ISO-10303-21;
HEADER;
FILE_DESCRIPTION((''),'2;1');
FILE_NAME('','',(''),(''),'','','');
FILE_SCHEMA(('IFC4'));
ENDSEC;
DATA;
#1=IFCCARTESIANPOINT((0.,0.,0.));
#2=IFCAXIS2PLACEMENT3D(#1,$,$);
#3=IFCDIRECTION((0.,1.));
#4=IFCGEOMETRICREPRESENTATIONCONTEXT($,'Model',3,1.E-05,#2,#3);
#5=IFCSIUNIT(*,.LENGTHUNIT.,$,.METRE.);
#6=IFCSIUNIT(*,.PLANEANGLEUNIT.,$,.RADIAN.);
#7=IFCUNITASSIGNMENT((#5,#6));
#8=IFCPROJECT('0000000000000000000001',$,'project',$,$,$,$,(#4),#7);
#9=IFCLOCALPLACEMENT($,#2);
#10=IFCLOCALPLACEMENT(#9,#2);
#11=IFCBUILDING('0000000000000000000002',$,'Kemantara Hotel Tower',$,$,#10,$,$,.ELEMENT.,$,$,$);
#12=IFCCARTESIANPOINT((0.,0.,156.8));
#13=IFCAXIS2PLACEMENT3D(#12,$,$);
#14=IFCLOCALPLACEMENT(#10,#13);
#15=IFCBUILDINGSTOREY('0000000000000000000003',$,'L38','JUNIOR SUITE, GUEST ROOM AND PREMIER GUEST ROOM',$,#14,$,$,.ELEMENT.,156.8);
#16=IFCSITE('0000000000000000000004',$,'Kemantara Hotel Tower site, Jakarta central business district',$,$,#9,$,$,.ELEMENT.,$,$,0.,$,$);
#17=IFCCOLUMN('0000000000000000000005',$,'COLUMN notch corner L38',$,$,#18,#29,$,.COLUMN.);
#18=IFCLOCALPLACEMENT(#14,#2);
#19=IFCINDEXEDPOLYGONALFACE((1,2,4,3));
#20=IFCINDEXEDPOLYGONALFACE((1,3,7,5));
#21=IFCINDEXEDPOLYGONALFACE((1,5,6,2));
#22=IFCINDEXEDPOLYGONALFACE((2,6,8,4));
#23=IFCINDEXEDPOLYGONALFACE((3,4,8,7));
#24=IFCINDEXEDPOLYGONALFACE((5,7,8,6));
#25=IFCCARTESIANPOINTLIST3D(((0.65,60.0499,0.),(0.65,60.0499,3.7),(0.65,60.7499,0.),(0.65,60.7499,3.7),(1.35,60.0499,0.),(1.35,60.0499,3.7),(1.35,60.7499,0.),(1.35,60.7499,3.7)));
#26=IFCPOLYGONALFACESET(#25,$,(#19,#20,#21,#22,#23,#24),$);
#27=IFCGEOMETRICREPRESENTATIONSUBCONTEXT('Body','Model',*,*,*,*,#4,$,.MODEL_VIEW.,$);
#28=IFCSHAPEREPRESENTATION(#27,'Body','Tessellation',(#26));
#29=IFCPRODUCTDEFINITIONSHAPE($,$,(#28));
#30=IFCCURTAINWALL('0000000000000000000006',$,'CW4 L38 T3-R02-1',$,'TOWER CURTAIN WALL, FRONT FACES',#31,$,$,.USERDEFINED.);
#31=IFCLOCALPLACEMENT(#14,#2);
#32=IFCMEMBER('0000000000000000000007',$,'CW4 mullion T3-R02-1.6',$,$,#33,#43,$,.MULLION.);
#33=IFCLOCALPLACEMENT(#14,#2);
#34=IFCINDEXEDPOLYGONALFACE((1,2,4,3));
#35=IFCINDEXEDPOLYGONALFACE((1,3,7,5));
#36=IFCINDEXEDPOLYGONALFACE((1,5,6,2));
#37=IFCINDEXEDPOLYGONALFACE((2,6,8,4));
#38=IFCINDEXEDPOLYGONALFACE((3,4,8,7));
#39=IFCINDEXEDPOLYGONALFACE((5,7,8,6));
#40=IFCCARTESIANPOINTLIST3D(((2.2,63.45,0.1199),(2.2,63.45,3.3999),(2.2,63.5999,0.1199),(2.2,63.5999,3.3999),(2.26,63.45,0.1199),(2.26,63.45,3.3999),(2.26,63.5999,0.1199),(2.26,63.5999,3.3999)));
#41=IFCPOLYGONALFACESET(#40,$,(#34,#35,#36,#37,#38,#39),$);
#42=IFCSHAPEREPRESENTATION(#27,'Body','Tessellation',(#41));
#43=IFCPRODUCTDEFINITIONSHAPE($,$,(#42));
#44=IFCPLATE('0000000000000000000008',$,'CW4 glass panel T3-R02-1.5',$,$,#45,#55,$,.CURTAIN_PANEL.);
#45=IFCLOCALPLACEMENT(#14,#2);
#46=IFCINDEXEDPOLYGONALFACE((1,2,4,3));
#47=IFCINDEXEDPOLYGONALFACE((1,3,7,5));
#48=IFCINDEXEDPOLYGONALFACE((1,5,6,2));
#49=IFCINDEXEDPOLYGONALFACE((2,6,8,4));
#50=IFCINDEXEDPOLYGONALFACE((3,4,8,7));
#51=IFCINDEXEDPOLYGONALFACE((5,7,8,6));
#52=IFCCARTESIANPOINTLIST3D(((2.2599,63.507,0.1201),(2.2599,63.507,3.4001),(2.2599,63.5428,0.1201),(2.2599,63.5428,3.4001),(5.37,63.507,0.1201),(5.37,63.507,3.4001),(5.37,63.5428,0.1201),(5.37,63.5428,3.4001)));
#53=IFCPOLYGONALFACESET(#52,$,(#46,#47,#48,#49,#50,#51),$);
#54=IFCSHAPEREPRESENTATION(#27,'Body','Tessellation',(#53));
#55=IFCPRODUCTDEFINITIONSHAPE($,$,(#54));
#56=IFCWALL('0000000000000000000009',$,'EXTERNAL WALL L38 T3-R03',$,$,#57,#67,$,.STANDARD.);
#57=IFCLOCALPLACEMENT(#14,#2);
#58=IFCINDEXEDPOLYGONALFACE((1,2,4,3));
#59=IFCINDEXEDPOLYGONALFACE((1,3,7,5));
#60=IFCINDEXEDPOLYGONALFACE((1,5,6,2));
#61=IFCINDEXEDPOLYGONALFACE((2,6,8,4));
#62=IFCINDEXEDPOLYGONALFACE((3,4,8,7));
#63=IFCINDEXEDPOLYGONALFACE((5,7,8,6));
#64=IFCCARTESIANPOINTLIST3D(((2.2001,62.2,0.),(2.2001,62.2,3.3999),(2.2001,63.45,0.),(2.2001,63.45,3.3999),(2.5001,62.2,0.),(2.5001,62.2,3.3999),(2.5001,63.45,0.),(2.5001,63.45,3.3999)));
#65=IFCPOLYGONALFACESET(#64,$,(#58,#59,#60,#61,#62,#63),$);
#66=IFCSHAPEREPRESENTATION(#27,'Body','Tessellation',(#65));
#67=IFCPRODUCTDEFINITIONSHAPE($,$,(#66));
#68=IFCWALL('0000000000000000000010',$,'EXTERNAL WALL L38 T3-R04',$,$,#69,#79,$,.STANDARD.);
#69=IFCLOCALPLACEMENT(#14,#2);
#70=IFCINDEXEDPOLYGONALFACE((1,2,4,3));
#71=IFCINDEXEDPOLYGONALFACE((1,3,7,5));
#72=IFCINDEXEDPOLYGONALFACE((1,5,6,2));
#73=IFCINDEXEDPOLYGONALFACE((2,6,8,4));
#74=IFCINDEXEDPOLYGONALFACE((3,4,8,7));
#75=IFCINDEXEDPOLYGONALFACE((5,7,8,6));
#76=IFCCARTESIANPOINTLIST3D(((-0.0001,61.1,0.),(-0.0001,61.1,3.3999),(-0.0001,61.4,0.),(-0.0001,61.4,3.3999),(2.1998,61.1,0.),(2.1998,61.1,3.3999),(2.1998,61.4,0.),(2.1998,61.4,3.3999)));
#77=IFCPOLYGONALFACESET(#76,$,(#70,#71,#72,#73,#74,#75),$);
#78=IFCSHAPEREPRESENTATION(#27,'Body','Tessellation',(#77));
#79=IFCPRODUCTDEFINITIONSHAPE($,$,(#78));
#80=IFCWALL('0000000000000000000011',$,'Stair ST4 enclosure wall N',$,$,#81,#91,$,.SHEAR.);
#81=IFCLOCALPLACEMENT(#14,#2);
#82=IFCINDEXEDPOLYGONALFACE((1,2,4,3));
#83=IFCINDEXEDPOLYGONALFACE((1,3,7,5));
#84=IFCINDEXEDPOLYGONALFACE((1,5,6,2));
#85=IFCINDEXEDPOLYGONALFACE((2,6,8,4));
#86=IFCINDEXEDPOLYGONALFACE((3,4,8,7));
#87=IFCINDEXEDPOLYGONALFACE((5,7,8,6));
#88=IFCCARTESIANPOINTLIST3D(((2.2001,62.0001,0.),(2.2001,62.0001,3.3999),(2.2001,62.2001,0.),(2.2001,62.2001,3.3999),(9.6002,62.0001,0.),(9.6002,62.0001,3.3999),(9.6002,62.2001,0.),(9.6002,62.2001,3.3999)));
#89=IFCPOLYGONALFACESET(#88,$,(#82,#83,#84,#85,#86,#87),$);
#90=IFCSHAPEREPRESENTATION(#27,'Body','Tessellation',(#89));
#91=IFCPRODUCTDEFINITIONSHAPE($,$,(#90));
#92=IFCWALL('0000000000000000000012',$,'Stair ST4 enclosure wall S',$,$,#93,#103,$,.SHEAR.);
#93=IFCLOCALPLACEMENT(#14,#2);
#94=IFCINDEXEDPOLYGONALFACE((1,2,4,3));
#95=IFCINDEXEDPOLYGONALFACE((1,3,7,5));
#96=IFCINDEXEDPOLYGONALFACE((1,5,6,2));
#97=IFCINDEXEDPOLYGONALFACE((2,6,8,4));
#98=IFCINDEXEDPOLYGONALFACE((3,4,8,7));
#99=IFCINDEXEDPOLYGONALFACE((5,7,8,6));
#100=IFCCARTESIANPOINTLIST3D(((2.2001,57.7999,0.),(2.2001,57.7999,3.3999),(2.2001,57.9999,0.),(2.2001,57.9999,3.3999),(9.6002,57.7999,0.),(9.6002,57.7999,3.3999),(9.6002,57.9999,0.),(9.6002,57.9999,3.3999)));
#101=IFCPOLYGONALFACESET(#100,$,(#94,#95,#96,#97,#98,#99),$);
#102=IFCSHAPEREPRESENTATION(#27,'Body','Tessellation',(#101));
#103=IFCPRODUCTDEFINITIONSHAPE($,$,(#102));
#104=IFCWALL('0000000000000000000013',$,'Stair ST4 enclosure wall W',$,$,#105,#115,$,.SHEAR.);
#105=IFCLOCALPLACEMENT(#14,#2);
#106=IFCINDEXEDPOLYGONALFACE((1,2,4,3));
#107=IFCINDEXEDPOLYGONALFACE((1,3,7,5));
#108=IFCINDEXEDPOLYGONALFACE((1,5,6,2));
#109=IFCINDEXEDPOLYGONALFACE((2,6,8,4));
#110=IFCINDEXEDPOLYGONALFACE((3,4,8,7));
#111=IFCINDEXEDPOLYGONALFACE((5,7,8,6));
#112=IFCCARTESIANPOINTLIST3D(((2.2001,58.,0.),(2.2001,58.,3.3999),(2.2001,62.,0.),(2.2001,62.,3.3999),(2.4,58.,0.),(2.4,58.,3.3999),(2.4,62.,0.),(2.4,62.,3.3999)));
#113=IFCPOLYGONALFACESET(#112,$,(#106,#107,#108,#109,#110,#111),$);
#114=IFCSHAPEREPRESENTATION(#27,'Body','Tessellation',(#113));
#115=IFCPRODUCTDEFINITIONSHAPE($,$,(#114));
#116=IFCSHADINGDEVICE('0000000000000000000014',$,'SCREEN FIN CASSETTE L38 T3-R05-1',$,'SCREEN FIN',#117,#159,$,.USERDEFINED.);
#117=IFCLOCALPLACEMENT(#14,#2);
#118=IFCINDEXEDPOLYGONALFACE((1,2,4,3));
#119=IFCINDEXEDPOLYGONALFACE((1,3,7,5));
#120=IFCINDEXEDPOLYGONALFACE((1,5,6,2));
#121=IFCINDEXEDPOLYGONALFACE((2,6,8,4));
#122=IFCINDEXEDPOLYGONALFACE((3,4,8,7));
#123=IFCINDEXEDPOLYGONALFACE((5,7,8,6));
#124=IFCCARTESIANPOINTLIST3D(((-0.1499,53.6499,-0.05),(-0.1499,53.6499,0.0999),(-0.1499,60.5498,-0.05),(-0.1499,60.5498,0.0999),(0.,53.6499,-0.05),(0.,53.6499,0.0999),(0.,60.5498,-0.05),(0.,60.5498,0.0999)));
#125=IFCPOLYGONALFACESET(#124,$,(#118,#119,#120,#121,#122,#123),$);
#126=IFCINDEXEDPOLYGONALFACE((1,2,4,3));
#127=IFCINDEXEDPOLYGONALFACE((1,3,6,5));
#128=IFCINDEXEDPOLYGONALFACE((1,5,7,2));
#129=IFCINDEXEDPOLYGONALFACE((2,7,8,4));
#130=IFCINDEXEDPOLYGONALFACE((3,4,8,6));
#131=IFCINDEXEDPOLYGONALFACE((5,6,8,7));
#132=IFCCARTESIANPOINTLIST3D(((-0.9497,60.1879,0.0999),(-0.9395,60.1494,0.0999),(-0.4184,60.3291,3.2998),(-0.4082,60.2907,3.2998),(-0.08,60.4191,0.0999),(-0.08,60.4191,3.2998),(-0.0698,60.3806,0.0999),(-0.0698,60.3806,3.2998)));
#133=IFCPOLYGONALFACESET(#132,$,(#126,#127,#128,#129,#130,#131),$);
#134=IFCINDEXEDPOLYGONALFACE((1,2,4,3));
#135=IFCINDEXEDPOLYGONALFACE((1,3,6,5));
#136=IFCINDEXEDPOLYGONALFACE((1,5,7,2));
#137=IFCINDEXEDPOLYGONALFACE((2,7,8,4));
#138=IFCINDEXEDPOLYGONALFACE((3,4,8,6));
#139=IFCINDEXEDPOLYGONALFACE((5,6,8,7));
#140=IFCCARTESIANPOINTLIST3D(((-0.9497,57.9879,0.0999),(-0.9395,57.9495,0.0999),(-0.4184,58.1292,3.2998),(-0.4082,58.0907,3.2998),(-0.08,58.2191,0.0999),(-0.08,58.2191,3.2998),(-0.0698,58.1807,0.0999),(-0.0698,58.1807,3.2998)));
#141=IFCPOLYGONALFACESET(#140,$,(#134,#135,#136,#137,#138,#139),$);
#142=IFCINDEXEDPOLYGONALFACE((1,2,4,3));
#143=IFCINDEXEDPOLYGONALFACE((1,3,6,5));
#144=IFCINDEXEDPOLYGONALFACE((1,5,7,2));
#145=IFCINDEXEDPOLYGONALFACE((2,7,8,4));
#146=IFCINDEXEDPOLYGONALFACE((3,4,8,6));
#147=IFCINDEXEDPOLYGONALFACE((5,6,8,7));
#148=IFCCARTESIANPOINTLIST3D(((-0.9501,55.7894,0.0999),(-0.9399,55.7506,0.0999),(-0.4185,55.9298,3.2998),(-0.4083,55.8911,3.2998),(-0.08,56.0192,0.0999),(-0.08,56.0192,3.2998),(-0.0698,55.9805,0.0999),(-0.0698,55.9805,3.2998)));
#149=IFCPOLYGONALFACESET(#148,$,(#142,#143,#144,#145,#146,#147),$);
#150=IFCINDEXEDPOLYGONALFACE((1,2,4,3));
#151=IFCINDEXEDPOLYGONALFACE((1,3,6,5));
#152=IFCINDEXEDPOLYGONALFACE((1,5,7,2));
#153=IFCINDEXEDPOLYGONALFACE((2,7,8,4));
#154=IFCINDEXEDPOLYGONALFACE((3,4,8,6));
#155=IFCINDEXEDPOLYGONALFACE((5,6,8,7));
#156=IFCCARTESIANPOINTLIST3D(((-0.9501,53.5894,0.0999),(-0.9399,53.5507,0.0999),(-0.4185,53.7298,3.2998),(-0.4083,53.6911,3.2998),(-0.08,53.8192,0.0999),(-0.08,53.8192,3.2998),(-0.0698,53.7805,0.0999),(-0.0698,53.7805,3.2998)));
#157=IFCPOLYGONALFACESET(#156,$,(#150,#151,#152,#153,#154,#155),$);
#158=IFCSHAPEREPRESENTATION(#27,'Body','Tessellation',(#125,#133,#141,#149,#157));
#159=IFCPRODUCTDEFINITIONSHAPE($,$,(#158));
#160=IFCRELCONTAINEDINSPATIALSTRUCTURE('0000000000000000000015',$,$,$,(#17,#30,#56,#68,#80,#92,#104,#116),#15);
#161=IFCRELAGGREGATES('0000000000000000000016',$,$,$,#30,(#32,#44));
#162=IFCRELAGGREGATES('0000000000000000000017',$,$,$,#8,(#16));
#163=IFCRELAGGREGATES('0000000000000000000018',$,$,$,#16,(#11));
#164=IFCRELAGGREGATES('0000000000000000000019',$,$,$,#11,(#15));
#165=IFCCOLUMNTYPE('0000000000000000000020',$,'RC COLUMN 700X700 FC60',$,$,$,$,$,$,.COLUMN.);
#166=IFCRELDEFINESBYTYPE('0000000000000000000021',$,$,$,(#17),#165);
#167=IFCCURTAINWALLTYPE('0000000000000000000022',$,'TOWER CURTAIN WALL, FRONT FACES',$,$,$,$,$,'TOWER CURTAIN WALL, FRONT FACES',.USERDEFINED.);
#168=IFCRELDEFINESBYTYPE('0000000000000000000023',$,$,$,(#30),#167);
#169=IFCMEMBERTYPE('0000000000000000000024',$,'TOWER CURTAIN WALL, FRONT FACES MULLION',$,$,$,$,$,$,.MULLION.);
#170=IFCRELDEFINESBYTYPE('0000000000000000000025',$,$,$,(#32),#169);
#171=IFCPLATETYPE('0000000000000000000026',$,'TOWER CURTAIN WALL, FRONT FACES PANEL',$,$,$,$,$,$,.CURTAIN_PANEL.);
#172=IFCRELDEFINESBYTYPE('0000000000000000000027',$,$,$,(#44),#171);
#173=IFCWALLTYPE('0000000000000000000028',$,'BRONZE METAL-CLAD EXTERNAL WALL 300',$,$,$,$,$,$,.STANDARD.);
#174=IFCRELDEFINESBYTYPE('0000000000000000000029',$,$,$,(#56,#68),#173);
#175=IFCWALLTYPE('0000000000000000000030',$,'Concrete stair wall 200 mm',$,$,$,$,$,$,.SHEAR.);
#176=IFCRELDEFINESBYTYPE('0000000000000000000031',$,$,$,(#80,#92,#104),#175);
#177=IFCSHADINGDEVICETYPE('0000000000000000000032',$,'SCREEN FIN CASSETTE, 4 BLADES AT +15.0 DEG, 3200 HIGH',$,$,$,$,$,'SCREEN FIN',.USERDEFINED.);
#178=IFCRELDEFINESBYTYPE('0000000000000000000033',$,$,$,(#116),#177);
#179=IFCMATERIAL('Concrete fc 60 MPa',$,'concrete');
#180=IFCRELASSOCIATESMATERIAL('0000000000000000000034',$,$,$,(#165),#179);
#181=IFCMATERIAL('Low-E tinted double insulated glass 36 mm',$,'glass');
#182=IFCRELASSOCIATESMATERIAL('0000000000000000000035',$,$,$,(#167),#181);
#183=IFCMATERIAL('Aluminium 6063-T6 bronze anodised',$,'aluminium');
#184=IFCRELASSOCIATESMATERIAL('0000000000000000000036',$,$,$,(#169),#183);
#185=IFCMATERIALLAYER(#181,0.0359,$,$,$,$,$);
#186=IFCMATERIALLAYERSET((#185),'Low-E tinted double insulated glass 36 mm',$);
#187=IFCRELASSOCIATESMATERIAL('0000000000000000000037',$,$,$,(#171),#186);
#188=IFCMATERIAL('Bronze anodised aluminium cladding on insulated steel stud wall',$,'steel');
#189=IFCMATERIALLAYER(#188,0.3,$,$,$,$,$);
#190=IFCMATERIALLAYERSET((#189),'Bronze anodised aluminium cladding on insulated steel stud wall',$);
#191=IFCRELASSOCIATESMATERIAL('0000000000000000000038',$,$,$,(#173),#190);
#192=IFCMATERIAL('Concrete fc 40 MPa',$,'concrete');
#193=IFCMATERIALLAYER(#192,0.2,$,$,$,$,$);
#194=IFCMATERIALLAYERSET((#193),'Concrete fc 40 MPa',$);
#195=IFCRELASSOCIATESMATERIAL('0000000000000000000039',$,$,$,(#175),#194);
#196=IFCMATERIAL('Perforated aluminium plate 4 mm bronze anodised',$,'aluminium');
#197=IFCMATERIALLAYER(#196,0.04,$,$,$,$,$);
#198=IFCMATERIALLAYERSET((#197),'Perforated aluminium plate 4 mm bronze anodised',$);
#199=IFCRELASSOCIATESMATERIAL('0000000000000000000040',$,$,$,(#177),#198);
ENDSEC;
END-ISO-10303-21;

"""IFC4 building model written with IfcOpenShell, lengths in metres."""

from ifc_helpers import new_model, si_unit, direction, frame, frame_2d, origin, origin_2d, place, context, subcontext, project, spatial, polyline, rectangle, outline, extrude, source, transform, mapped, material, layer, layer_set, material_profile, profile_set, type_object, element, aggregate, save


model = new_model("IFC4")

# Units and contexts
model_context = context("Model", 3, precision=1e-05, world=origin(), true_north=direction((0.0, 1.0)))
body_context = subcontext(model_context, "Body", "Model", "MODEL_VIEW")
ifc_project = project(units=[si_unit("LENGTHUNIT", "METRE"), si_unit("PLANEANGLEUNIT", "RADIAN")], contexts=[model_context])

# Site, building, storey
site_placement = place(None, origin())
site = spatial("IfcSite", under=ifc_project, at=site_placement, Name="Kemantara Hotel Tower site, Jakarta central business district", CompositionType="ELEMENT", RefElevation=0.0)
building_placement = place(site_placement, origin())
building = spatial("IfcBuilding", under=site, at=building_placement, Name="Kemantara Hotel Tower", CompositionType="ELEMENT")
storey_placement = place(building_placement, frame((0.0, 0.0, 156.8)))
storey = spatial("IfcBuildingStorey", under=building, at=storey_placement, Name="L38", Description="JUNIOR SUITE, GUEST ROOM AND PREMIER GUEST ROOM", CompositionType="ELEMENT", Elevation=156.8)

# Column
ifc_material_1 = material(Name="Concrete fc 60 MPa", Category="concrete")
ifc_material_profile_1 = material_profile(ifc_material_1, rectangle(XDim=0.7, YDim=0.7, at=origin_2d()), Name="RC 700X700")
ifc_profile_set_1 = profile_set([ifc_material_profile_1], Name="Concrete fc 60 MPa")
column_type = type_object("IfcColumnType", Name="RC COLUMN 700X700 FC60", PredefinedType="COLUMN", material=ifc_profile_set_1)
column_placement = place(storey_placement, frame((1.0, 60.3999, 0.0), z_axis=(0.0, 0.0, 1.0), x_axis=(1.0, 0.0, 0.0)))
element("IfcColumn", 1, at=column_placement, inside=storey, type_object=column_type, Name="COLUMN notch corner L38", PredefinedType="COLUMN", context=body_context, shape_type="SweptSolid", body=[
    extrude(rectangle(XDim=0.7, YDim=0.7, at=origin_2d()), origin(), (0.0, 0.0, 1.0), 3.7),
])

# Curtain wall, member, plate
ifc_material_2 = material(Name="Low-E tinted double insulated glass 36 mm", Category="glass")
curtain_wall_type = type_object("IfcCurtainWallType", Name="TOWER CURTAIN WALL, FRONT FACES", ElementType="TOWER CURTAIN WALL, FRONT FACES", PredefinedType="USERDEFINED", material=ifc_material_2)
curtain_wall_placement = place(storey_placement, origin())
curtain_wall = element("IfcCurtainWall", 2, at=curtain_wall_placement, inside=storey, type_object=curtain_wall_type, Name="CW4 L38 T3-R02-1", ObjectType="TOWER CURTAIN WALL, FRONT FACES", PredefinedType="USERDEFINED")
ifc_material_3 = material(Name="Aluminium 6063-T6 bronze anodised", Category="aluminium")
ifc_material_profile_2 = material_profile(ifc_material_3, rectangle(XDim=0.1499, YDim=0.0601, at=origin_2d()), Name="TOWER CURTAIN WALL, FRONT FACES MULLION")
ifc_profile_set_2 = profile_set([ifc_material_profile_2], Name="Aluminium 6063-T6 bronze anodised")
member_type = type_object("IfcMemberType", Name="TOWER CURTAIN WALL, FRONT FACES MULLION", PredefinedType="MULLION", material=ifc_profile_set_2)
shared_shape_1 = source(origin(), body_context, "Body", "SweptSolid", [
    extrude(rectangle(XDim=0.1499, YDim=0.0601, at=origin_2d()), origin(), (0.0, 0.0, 1.0), 3.28),
])
member_placement = place(storey_placement, frame((2.23, 63.5249, 0.1199), z_axis=(0.0, 0.0, 1.0), x_axis=(0.0, -1.0, 0.0)))
member = element("IfcMember", 3, at=member_placement, type_object=member_type, Name="CW4 mullion T3-R02-1.6", PredefinedType="MULLION", context=body_context, shape_type="MappedRepresentation", body=[
    mapped(shared_shape_1, transform((0.0, 0.0, 0.0))),
])
ifc_layer_1 = layer(ifc_material_2, 0.0359)
ifc_layer_set_1 = layer_set([ifc_layer_1], Name="Low-E tinted double insulated glass 36 mm")
plate_type = type_object("IfcPlateType", Name="TOWER CURTAIN WALL, FRONT FACES PANEL", PredefinedType="CURTAIN_PANEL", material=ifc_layer_set_1)
shared_shape_2 = source(origin(), body_context, "Body", "SweptSolid", [
    extrude(rectangle(XDim=3.1101, YDim=0.0359, at=origin_2d()), origin(), (0.0, 0.0, 1.0), 3.28),
])
plate_placement = place(storey_placement, frame((3.8149, 63.5249, 0.1201), z_axis=(0.0, 0.0, 1.0), x_axis=(-1.0, 0.0, 0.0)))
plate = element("IfcPlate", 4, at=plate_placement, type_object=plate_type, Name="CW4 glass panel T3-R02-1.5", PredefinedType="CURTAIN_PANEL", context=body_context, shape_type="MappedRepresentation", body=[
    mapped(shared_shape_2, transform((0.0, 0.0, 0.0))),
])
aggregate(curtain_wall, [member, plate])

# Walls
ifc_material_4 = material(Name="Bronze anodised aluminium cladding on insulated steel stud wall", Category="steel")
ifc_layer_2 = layer(ifc_material_4, 0.3)
ifc_layer_set_2 = layer_set([ifc_layer_2], Name="Bronze anodised aluminium cladding on insulated steel stud wall")
wall_type_1 = type_object("IfcWallType", Name="BRONZE METAL-CLAD EXTERNAL WALL 300", PredefinedType="STANDARD", material=ifc_layer_set_2)
wall_1_placement = place(storey_placement, frame((2.3501, 63.45, 0.0), z_axis=(0.0, 0.0, 1.0), x_axis=(0.0, -1.0, 0.0)))
element("IfcWall", 5, at=wall_1_placement, inside=storey, type_object=wall_type_1, Name="EXTERNAL WALL L38 T3-R03", PredefinedType="STANDARD", context=body_context, shape_type="SweptSolid", body=[
    extrude(rectangle(XDim=1.25, YDim=0.3, at=frame_2d((0.625, 0.0))), origin(), (0.0, 0.0, 1.0), 3.3999),
])
wall_2_placement = place(storey_placement, frame((2.2, 61.25, 0.0), z_axis=(0.0, 0.0, 1.0), x_axis=(-1.0, 0.0, 0.0)))
element("IfcWall", 6, at=wall_2_placement, inside=storey, type_object=wall_type_1, Name="EXTERNAL WALL L38 T3-R04", PredefinedType="STANDARD", context=body_context, shape_type="SweptSolid", body=[
    extrude(rectangle(XDim=2.2, YDim=0.3, at=frame_2d((1.1001, 0.0))), origin(), (0.0, 0.0, 1.0), 3.3999),
])

# Walls
ifc_material_5 = material(Name="Concrete fc 40 MPa", Category="concrete")
ifc_layer_3 = layer(ifc_material_5, 0.2)
ifc_layer_set_3 = layer_set([ifc_layer_3], Name="Concrete fc 40 MPa")
wall_type_2 = type_object("IfcWallType", Name="Concrete stair wall 200 mm", PredefinedType="SHEAR", material=ifc_layer_set_3)
for number, where, z_axis, x_axis, name in (
    (7, (2.2, 62.1001, 0.0), (0.0, 0.0, 1.0), (1.0, 0.0, 0.0), "Stair ST4 enclosure wall N"),
    (8, (2.2, 57.8999, 0.0), (0.0, 0.0, 1.0), (1.0, 0.0, 0.0), "Stair ST4 enclosure wall S"),
):
    element("IfcWall", number, at=place(storey_placement, frame(where, z_axis=z_axis, x_axis=x_axis)), inside=storey, type_object=wall_type_2, Name=name, PredefinedType="SHEAR", context=body_context, shape_type="SweptSolid", body=[
        extrude(rectangle(XDim=7.4001, YDim=0.2, at=frame_2d((3.7002, 0.0))), origin(), (0.0, 0.0, 1.0), 3.3999),
    ])
wall_3_placement = place(storey_placement, frame((2.3, 58.0, 0.0), z_axis=(0.0, 0.0, 1.0), x_axis=(0.0, 1.0, 0.0)))
element("IfcWall", 9, at=wall_3_placement, inside=storey, type_object=wall_type_2, Name="Stair ST4 enclosure wall W", PredefinedType="SHEAR", context=body_context, shape_type="SweptSolid", body=[
    extrude(rectangle(XDim=4.0, YDim=0.2, at=frame_2d((2.0, 0.0))), origin(), (0.0, 0.0, 1.0), 3.3999),
])

# Shading device
ifc_material_6 = material(Name="Perforated aluminium plate 4 mm bronze anodised", Category="aluminium")
ifc_layer_4 = layer(ifc_material_6, 0.04)
ifc_layer_set_4 = layer_set([ifc_layer_4], Name="Perforated aluminium plate 4 mm bronze anodised")
shading_device_type = type_object("IfcShadingDeviceType", Name="SCREEN FIN CASSETTE, 4 BLADES AT +15.0 DEG, 3200 HIGH", ElementType="SCREEN FIN", PredefinedType="USERDEFINED", material=ifc_layer_set_4)
shared_shape_3 = source(origin(), body_context, "Body", "SweptSolid", [
    extrude(rectangle(XDim=6.8999, YDim=0.1499, at=origin_2d()), frame((3.3, -0.075, -0.1499), z_axis=(0.0, 0.0, 1.0), x_axis=(1.0, 0.0, 0.0)), (0.0, 0.0, 1.0), 0.1499),
    extrude(outline(polyline([(0.0, 0.0), (0.8999, 0.0), (0.3501, 3.2), (0.0, 3.2), (0.0, 0.0)])), frame((0.0193, -0.0698, 0.0), z_axis=(-0.966438, -0.256901, 0.0), x_axis=(0.256901, -0.966438, 0.0)), (0.0, 0.0, 1.0), 0.0398),
    extrude(outline(polyline([(0.0, 0.0), (0.8999, 0.0), (0.3501, 3.2), (0.0, 3.2), (0.0, 0.0)])), frame((2.2192, -0.0698, 0.0), z_axis=(-0.966438, -0.256901, 0.0), x_axis=(0.256901, -0.966438, 0.0)), (0.0, 0.0, 1.0), 0.0398),
    extrude(outline(polyline([(0.0, 0.0), (0.8999, 0.0), (0.3501, 3.2), (0.0, 3.2), (0.0, 0.0)])), frame((4.4194, -0.0698, 0.0), z_axis=(-0.966838, -0.255391, 0.0), x_axis=(0.255391, -0.966838, 0.0)), (0.0, 0.0, 1.0), 0.04),
    extrude(outline(polyline([(0.0, 0.0), (0.8999, 0.0), (0.3501, 3.2), (0.0, 3.2), (0.0, 0.0)])), frame((6.6194, -0.0698, 0.0), z_axis=(-0.966838, -0.255391, 0.0), x_axis=(0.255391, -0.966838, 0.0)), (0.0, 0.0, 1.0), 0.04),
])
shading_device_placement = place(storey_placement, frame((0.0, 60.3999, 0.0999), z_axis=(0.0, 0.0, 1.0), x_axis=(0.0, -1.0, 0.0)))
element("IfcShadingDevice", 10, at=shading_device_placement, inside=storey, type_object=shading_device_type, Name="SCREEN FIN CASSETTE L38 T3-R05-1", ObjectType="SCREEN FIN", PredefinedType="USERDEFINED", context=body_context, shape_type="MappedRepresentation", body=[
    mapped(shared_shape_3, transform((0.0, 0.0, 0.0))),
])

save(model, "model.ifc")
